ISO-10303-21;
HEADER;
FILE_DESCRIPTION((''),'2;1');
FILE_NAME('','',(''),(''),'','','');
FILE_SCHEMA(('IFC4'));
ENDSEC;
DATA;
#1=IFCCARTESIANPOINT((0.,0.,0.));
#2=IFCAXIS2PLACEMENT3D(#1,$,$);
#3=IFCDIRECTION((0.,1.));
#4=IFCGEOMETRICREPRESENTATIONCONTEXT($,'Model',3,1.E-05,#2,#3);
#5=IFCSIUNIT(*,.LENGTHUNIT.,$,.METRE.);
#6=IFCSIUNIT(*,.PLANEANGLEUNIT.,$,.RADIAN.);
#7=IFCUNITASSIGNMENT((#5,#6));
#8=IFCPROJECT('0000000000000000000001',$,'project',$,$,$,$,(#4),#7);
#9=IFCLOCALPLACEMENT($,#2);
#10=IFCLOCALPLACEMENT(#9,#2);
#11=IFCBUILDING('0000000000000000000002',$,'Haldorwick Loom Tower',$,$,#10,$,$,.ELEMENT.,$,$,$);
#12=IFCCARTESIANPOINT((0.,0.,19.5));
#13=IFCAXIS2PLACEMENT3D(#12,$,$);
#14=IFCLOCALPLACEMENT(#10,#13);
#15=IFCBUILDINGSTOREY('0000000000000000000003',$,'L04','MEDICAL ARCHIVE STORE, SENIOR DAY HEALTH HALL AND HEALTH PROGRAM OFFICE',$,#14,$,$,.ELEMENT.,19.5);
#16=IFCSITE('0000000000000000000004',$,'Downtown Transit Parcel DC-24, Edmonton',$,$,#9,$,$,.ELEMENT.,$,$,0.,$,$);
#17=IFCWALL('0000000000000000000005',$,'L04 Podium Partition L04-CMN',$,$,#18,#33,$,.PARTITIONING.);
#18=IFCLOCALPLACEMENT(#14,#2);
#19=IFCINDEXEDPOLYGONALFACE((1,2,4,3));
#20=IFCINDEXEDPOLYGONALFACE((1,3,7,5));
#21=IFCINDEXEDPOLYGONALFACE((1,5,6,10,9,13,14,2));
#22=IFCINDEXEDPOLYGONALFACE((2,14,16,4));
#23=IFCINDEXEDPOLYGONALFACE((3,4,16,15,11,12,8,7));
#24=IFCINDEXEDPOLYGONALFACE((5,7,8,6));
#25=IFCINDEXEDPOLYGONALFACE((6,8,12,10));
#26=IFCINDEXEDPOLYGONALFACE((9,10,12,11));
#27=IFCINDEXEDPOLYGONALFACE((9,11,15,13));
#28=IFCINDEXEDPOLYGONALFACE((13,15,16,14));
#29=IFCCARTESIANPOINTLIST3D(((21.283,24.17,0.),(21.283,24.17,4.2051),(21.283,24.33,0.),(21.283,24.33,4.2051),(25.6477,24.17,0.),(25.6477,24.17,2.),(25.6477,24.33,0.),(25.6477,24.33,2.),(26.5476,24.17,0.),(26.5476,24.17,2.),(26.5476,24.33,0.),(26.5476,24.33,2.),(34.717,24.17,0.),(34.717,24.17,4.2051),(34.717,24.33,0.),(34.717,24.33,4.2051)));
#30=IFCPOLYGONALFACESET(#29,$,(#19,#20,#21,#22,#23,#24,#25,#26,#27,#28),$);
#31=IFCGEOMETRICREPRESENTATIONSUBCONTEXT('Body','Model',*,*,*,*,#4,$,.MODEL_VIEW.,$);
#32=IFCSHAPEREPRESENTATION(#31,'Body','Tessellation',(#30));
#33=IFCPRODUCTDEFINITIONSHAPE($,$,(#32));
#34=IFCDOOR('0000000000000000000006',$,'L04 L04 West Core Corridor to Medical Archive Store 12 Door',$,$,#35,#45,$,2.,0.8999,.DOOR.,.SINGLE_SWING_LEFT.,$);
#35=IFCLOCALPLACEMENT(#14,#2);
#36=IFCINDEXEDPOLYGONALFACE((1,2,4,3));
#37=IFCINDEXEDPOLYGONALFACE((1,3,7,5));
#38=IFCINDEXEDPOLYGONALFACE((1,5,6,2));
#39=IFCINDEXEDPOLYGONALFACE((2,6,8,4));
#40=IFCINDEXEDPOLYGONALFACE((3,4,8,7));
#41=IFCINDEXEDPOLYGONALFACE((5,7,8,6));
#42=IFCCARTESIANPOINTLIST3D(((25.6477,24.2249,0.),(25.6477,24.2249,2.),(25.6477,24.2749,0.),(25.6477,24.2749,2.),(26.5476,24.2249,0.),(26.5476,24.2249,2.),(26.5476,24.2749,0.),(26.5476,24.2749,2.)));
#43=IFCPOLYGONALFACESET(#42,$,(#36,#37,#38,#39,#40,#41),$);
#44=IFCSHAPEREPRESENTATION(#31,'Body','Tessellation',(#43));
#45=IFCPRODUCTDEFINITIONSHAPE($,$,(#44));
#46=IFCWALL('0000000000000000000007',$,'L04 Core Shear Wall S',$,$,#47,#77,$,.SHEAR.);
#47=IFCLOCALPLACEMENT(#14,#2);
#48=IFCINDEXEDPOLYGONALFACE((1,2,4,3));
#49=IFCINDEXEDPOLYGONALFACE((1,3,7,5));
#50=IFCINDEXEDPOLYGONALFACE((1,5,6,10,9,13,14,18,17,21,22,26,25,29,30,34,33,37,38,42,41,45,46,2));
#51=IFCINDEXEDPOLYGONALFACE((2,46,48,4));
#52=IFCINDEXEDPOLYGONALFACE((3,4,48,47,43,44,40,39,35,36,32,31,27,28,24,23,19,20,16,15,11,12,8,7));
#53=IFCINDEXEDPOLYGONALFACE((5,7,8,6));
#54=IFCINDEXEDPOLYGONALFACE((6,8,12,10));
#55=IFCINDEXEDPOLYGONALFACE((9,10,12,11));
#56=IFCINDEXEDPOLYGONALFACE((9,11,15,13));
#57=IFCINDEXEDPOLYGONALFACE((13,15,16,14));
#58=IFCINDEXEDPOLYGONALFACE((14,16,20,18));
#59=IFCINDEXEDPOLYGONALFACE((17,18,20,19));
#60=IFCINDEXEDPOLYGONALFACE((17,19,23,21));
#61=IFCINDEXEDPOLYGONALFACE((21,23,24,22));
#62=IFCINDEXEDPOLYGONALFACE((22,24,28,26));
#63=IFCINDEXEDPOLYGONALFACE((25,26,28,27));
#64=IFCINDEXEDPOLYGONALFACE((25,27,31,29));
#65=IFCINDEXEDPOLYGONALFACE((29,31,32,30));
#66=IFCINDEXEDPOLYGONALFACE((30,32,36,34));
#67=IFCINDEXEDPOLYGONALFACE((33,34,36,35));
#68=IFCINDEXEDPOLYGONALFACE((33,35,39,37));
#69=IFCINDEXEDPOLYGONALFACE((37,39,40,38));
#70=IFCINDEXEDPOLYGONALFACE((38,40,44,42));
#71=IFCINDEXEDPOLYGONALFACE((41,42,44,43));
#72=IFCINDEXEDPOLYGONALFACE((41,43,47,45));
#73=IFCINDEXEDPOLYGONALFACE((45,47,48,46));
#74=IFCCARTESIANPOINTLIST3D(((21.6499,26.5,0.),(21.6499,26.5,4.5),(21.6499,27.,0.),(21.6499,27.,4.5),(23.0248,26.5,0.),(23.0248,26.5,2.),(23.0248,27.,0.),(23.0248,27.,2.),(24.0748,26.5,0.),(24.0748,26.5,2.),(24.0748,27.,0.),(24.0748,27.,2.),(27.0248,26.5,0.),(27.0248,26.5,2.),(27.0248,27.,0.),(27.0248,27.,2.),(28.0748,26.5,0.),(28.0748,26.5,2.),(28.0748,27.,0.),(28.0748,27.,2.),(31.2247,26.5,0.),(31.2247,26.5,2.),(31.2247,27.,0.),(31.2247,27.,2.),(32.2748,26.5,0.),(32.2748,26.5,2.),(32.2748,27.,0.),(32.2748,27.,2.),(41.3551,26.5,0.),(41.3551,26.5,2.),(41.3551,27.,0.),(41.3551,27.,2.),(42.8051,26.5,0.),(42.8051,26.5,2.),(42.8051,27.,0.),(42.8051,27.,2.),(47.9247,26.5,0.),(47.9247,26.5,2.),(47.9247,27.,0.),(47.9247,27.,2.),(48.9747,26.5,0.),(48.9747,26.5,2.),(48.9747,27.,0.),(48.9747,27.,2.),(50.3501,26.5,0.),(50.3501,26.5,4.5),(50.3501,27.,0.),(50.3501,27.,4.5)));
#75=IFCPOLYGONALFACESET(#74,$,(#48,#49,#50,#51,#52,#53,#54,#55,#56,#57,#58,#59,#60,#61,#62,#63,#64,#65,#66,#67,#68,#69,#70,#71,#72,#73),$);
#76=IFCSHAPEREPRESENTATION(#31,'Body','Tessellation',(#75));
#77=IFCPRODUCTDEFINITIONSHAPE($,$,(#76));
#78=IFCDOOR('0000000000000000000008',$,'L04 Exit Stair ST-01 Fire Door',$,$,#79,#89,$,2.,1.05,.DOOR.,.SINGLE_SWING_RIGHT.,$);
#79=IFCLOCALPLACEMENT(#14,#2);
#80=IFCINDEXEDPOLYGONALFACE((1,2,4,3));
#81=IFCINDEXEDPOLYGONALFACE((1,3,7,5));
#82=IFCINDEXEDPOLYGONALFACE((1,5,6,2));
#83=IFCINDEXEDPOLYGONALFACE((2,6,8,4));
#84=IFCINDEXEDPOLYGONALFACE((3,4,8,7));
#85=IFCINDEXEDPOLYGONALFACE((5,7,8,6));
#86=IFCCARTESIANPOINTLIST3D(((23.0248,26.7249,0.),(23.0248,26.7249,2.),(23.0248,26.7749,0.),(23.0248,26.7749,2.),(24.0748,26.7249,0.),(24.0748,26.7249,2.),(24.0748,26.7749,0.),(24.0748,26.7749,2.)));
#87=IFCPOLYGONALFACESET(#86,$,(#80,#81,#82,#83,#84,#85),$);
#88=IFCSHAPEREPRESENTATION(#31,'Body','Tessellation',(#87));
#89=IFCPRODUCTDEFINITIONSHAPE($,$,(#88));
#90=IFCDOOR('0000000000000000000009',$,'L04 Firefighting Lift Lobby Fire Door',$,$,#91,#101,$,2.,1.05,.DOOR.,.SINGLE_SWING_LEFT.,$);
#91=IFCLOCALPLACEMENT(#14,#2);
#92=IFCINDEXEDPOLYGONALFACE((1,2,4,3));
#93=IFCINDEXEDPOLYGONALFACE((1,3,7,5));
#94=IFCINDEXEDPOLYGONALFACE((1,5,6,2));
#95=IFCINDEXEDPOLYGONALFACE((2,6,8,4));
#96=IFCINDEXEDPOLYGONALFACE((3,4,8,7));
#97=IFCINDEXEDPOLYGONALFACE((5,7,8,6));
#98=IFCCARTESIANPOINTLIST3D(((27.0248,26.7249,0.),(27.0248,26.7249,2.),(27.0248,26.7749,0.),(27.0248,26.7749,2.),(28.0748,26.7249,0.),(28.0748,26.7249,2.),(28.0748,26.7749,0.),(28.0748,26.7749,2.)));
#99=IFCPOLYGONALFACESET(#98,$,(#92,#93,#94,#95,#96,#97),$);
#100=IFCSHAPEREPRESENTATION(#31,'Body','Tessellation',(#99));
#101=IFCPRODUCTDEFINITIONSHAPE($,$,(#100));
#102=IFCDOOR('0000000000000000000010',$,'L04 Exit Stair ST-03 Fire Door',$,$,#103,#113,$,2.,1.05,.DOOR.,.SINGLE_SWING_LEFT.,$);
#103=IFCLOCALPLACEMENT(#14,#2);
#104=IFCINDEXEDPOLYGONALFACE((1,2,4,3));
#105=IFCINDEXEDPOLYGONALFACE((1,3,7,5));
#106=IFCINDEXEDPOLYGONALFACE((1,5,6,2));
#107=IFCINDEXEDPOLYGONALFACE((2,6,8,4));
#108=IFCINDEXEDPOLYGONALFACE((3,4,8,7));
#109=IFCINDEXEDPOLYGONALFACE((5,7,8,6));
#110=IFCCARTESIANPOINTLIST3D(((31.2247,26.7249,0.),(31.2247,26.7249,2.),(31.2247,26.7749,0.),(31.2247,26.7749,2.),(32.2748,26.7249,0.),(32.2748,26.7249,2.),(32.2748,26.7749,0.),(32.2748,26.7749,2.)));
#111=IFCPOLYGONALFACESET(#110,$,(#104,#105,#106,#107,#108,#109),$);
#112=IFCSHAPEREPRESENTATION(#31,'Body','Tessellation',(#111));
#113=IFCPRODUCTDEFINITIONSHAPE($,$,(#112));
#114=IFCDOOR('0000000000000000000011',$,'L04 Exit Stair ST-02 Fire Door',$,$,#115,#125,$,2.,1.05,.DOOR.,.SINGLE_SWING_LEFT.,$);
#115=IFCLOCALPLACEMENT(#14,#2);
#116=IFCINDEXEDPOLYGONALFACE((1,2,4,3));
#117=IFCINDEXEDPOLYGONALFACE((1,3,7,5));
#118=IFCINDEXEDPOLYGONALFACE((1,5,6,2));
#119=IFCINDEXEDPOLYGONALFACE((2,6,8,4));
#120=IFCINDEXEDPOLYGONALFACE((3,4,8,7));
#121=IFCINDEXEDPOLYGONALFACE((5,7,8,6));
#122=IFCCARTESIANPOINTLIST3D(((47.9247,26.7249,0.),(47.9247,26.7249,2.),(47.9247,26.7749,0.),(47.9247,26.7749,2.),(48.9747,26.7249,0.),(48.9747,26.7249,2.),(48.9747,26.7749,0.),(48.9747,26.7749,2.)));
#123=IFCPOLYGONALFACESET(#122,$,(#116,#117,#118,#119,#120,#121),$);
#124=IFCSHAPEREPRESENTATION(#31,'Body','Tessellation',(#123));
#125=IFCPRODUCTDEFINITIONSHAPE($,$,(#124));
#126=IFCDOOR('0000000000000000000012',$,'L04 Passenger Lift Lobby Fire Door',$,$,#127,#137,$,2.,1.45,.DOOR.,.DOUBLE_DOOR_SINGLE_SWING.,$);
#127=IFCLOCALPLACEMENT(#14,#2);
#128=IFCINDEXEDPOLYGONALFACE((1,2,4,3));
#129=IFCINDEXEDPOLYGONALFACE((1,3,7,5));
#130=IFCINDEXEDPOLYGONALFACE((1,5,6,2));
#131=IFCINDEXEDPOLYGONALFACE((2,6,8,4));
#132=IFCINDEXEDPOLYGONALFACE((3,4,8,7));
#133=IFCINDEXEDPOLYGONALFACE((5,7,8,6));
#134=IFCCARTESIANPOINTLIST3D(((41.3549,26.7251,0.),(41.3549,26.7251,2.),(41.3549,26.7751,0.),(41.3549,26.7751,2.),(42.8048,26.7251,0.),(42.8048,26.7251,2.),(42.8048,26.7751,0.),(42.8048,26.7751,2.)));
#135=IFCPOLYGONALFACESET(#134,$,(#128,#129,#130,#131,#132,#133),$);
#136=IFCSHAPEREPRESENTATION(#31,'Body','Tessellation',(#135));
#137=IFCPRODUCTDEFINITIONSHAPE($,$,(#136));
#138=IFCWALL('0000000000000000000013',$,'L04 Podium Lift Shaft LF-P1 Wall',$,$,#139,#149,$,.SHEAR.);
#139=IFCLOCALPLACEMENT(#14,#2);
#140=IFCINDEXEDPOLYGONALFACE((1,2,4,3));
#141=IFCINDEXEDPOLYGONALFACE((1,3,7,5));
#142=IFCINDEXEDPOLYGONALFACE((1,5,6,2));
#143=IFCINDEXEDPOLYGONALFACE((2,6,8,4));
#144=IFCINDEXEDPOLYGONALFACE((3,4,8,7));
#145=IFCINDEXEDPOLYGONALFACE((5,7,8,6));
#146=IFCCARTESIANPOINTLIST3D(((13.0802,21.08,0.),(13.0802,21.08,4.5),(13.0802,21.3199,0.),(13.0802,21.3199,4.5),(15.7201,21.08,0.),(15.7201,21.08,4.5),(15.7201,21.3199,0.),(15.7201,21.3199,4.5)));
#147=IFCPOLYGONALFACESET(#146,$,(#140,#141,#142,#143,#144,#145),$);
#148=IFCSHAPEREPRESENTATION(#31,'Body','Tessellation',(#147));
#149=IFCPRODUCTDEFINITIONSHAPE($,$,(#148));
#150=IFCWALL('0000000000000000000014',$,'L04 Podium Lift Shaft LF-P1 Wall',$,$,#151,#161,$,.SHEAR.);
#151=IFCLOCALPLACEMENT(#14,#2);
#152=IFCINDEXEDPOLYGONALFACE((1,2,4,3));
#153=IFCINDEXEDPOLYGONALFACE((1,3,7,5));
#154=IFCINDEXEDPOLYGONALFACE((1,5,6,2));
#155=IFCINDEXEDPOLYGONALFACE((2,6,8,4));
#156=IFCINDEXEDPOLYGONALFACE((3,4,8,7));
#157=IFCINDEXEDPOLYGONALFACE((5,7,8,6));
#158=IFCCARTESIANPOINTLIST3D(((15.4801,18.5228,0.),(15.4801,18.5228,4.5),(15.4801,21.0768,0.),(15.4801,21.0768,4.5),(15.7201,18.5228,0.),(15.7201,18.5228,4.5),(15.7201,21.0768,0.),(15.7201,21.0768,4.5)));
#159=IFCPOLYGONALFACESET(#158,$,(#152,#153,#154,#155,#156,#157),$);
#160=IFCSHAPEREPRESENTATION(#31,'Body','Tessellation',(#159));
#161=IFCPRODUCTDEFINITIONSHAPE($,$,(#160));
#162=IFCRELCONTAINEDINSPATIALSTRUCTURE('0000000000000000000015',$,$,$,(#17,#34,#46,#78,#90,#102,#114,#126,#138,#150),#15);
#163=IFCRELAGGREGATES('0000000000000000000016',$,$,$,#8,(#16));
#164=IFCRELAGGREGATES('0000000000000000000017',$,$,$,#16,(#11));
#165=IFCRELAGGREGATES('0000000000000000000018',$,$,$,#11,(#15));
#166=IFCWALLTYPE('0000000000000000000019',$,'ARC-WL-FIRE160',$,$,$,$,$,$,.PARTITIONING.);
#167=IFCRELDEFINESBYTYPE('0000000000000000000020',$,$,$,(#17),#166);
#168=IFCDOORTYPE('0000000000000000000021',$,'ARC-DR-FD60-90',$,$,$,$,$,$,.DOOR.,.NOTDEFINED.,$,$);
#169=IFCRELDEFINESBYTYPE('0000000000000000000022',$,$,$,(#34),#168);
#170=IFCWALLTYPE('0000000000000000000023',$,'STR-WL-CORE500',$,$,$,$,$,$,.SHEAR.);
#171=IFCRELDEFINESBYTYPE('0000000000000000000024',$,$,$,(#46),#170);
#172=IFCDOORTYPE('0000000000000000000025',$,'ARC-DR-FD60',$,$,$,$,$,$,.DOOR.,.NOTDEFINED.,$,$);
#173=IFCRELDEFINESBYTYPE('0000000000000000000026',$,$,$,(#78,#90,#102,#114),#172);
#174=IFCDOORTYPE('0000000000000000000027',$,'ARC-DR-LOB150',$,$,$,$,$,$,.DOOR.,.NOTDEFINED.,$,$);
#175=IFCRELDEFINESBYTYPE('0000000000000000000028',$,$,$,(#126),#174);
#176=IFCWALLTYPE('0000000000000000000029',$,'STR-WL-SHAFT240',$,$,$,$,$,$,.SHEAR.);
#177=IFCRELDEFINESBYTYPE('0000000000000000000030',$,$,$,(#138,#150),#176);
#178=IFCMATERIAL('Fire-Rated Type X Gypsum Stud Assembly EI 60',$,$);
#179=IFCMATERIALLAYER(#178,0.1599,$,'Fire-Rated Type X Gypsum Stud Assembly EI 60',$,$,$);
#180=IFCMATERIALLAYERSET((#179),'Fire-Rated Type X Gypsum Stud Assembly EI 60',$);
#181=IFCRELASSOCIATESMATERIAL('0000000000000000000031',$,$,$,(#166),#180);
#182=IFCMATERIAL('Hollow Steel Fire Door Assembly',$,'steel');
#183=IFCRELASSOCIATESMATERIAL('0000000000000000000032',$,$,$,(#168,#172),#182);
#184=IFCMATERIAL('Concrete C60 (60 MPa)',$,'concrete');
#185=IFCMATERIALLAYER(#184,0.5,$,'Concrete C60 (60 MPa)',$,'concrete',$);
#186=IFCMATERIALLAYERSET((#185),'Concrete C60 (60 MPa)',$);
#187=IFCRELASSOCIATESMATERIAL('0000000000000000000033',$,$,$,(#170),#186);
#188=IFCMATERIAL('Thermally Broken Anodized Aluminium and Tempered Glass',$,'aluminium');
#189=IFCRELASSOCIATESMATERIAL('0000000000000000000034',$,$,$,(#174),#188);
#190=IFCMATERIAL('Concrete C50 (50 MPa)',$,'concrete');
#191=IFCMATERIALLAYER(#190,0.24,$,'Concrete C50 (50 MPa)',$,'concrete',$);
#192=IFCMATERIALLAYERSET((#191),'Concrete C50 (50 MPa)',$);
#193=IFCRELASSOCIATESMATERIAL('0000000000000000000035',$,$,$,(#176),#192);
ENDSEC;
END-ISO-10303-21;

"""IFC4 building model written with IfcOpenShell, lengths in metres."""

from ifc_helpers import new_model, si_unit, direction, frame, frame_2d, origin, place, context, subcontext, project, spatial, rectangle, extrude, material, layer, layer_set, type_object, element, fill, save


model = new_model("IFC4")

# Units and contexts
model_context = context("Model", 3, precision=1e-05, world=origin(), true_north=direction((0.0, 1.0)))
body_context = subcontext(model_context, "Body", "Model", "MODEL_VIEW")
ifc_project = project(units=[si_unit("LENGTHUNIT", "METRE"), si_unit("PLANEANGLEUNIT", "RADIAN")], contexts=[model_context])

# Site, building, storey
site_placement = place(None, origin())
site = spatial("IfcSite", under=ifc_project, at=site_placement, Name="Downtown Transit Parcel DC-24, Edmonton", CompositionType="ELEMENT", RefElevation=0.0)
building_placement = place(site_placement, origin())
building = spatial("IfcBuilding", under=site, at=building_placement, Name="Haldorwick Loom Tower", CompositionType="ELEMENT")
storey_placement = place(building_placement, frame((0.0, 0.0, 19.5)))
storey = spatial("IfcBuildingStorey", under=building, at=storey_placement, Name="L04", Description="MEDICAL ARCHIVE STORE, SENIOR DAY HEALTH HALL AND HEALTH PROGRAM OFFICE", CompositionType="ELEMENT", Elevation=19.5)

# Shared definitions
ifc_material_1 = material(Name="Concrete C60 (60 MPa)", Category="concrete")

# Wall, opening, door
ifc_material_2 = material(Name="Fire-Rated Type X Gypsum Stud Assembly EI 60")
ifc_layer_1 = layer(ifc_material_2, 0.1599, Name="Fire-Rated Type X Gypsum Stud Assembly EI 60")
ifc_layer_set_1 = layer_set([ifc_layer_1], Name="Fire-Rated Type X Gypsum Stud Assembly EI 60")
wall_type_1 = type_object("IfcWallType", Name="ARC-WL-FIRE160", PredefinedType="PARTITIONING", material=ifc_layer_set_1)
wall_1_placement = place(storey_placement, frame((21.283, 24.25, 0.0), z_axis=(0.0, 0.0, 1.0), x_axis=(1.0, 0.0, 0.0)))
wall_1 = element("IfcWall", 1, at=wall_1_placement, inside=storey, type_object=wall_type_1, Name="L04 Podium Partition L04-CMN", PredefinedType="PARTITIONING", context=body_context, shape_type="SweptSolid", body=[
    extrude(rectangle(XDim=13.4341, YDim=0.1599, at=frame_2d((6.717, 0.0))), origin(), (0.0, 0.0, 1.0), 4.2051),
])
opening_1_placement = place(wall_1_placement, frame((4.3647, 0.0, 0.0)))
opening_1 = element("IfcOpeningElement", 2, at=opening_1_placement, cuts=wall_1, PredefinedType="OPENING", context=body_context, shape_type="SweptSolid", body=[
    extrude(rectangle(XDim=0.8999, YDim=2.0, at=frame_2d((0.45, 1.0))), frame((0.0, 0.0898, 0.0), z_axis=(0.0, -1.0, 0.0), x_axis=(1.0, 0.0, 0.0)), (0.0, 0.0, 1.0), 0.1799),
])
ifc_material_3 = material(Name="Hollow Steel Fire Door Assembly", Category="steel")
door_type_1 = type_object("IfcDoorType", Name="ARC-DR-FD60-90", OperationType="NOTDEFINED", PredefinedType="DOOR", material=ifc_material_3)
door_1_placement = place(opening_1_placement, origin())
door_1 = element("IfcDoor", 3, at=door_1_placement, inside=storey, type_object=door_type_1, Name="L04 L04 West Core Corridor to Medical Archive Store 12 Door", OperationType="SINGLE_SWING_LEFT", OverallHeight=2.0, OverallWidth=0.8999, PredefinedType="DOOR", context=body_context, shape_type="SweptSolid", body=[
    extrude(rectangle(XDim=0.8999, YDim=2.0, at=frame_2d((0.45, 1.0))), frame((0.0, 0.0249, 0.0), z_axis=(0.0, -1.0, 0.0), x_axis=(1.0, 0.0, 0.0)), (0.0, 0.0, 1.0), 0.05),
])
fill(opening_1, door_1)

# Wall, openings, doors
ifc_layer_2 = layer(ifc_material_1, 0.5, Name="Concrete C60 (60 MPa)", Category="concrete")
ifc_layer_set_2 = layer_set([ifc_layer_2], Name="Concrete C60 (60 MPa)")
wall_type_2 = type_object("IfcWallType", Name="STR-WL-CORE500", PredefinedType="SHEAR", material=ifc_layer_set_2)
wall_2_placement = place(storey_placement, frame((21.6499, 26.75, 0.0), z_axis=(0.0, 0.0, 1.0), x_axis=(1.0, 0.0, 0.0)))
wall_2 = element("IfcWall", 4, at=wall_2_placement, inside=storey, type_object=wall_type_2, Name="L04 Core Shear Wall S", PredefinedType="SHEAR", context=body_context, shape_type="SweptSolid", body=[
    extrude(rectangle(XDim=28.7002, YDim=0.5, at=frame_2d((14.3501, 0.0))), origin(), (0.0, 0.0, 1.0), 4.5),
])
opening_2_placement = place(wall_2_placement, frame((1.375, 0.0, 0.0)))
opening_2 = element("IfcOpeningElement", 5, at=opening_2_placement, cuts=wall_2, PredefinedType="OPENING", context=body_context, shape_type="SweptSolid", body=[
    extrude(rectangle(XDim=1.05, YDim=2.0, at=frame_2d((0.5249, 1.0))), frame((0.0, 0.26, 0.0), z_axis=(0.0, -1.0, 0.0), x_axis=(1.0, 0.0, 0.0)), (0.0, 0.0, 1.0), 0.52),
])
opening_3_placement = place(wall_2_placement, frame((5.375, 0.0, 0.0)))
opening_3 = element("IfcOpeningElement", 6, at=opening_3_placement, cuts=wall_2, PredefinedType="OPENING", context=body_context, shape_type="SweptSolid", body=[
    extrude(rectangle(XDim=1.05, YDim=2.0, at=frame_2d((0.5249, 1.0))), frame((0.0, 0.26, 0.0), z_axis=(0.0, -1.0, 0.0), x_axis=(1.0, 0.0, 0.0)), (0.0, 0.0, 1.0), 0.52),
])
opening_4_placement = place(wall_2_placement, frame((9.575, 0.0, 0.0)))
opening_4 = element("IfcOpeningElement", 7, at=opening_4_placement, cuts=wall_2, PredefinedType="OPENING", context=body_context, shape_type="SweptSolid", body=[
    extrude(rectangle(XDim=1.05, YDim=2.0, at=frame_2d((0.5249, 1.0))), frame((0.0, 0.26, 0.0), z_axis=(0.0, -1.0, 0.0), x_axis=(1.0, 0.0, 0.0)), (0.0, 0.0, 1.0), 0.52),
])
opening_5_placement = place(wall_2_placement, frame((19.7051, 0.0, 0.0)))
opening_5 = element("IfcOpeningElement", 8, at=opening_5_placement, cuts=wall_2, PredefinedType="OPENING", context=body_context, shape_type="SweptSolid", body=[
    extrude(rectangle(XDim=1.45, YDim=2.0, at=frame_2d((0.7251, 1.0))), frame((0.0, 0.26, 0.0), z_axis=(0.0, -1.0, 0.0), x_axis=(1.0, 0.0, 0.0)), (0.0, 0.0, 1.0), 0.52),
])
opening_6_placement = place(wall_2_placement, frame((26.2749, 0.0, 0.0)))
opening_6 = element("IfcOpeningElement", 9, at=opening_6_placement, cuts=wall_2, PredefinedType="OPENING", context=body_context, shape_type="SweptSolid", body=[
    extrude(rectangle(XDim=1.05, YDim=2.0, at=frame_2d((0.5249, 1.0))), frame((0.0, 0.26, 0.0), z_axis=(0.0, -1.0, 0.0), x_axis=(1.0, 0.0, 0.0)), (0.0, 0.0, 1.0), 0.52),
])
door_type_2 = type_object("IfcDoorType", Name="ARC-DR-FD60", OperationType="NOTDEFINED", PredefinedType="DOOR", material=ifc_material_3)
door_2_placement = place(opening_2_placement, origin())
door_2 = element("IfcDoor", 10, at=door_2_placement, inside=storey, type_object=door_type_2, Name="L04 Exit Stair ST-01 Fire Door", OperationType="SINGLE_SWING_RIGHT", OverallHeight=2.0, OverallWidth=1.05, PredefinedType="DOOR", context=body_context, shape_type="SweptSolid", body=[
    extrude(rectangle(XDim=1.05, YDim=2.0, at=frame_2d((0.5249, 1.0))), frame((0.0, 0.0249, 0.0), z_axis=(0.0, -1.0, 0.0), x_axis=(1.0, 0.0, 0.0)), (0.0, 0.0, 1.0), 0.05),
])
fill(opening_2, door_2)
door_3_placement = place(opening_3_placement, origin())
door_3 = element("IfcDoor", 11, at=door_3_placement, inside=storey, type_object=door_type_2, Name="L04 Firefighting Lift Lobby Fire Door", OperationType="SINGLE_SWING_LEFT", OverallHeight=2.0, OverallWidth=1.05, PredefinedType="DOOR", context=body_context, shape_type="SweptSolid", body=[
    extrude(rectangle(XDim=1.05, YDim=2.0, at=frame_2d((0.5249, 1.0))), frame((0.0, 0.0249, 0.0), z_axis=(0.0, -1.0, 0.0), x_axis=(1.0, 0.0, 0.0)), (0.0, 0.0, 1.0), 0.05),
])
fill(opening_3, door_3)
door_4_placement = place(opening_4_placement, origin())
door_4 = element("IfcDoor", 12, at=door_4_placement, inside=storey, type_object=door_type_2, Name="L04 Exit Stair ST-03 Fire Door", OperationType="SINGLE_SWING_LEFT", OverallHeight=2.0, OverallWidth=1.05, PredefinedType="DOOR", context=body_context, shape_type="SweptSolid", body=[
    extrude(rectangle(XDim=1.05, YDim=2.0, at=frame_2d((0.5249, 1.0))), frame((0.0, 0.0249, 0.0), z_axis=(0.0, -1.0, 0.0), x_axis=(1.0, 0.0, 0.0)), (0.0, 0.0, 1.0), 0.05),
])
fill(opening_4, door_4)
door_5_placement = place(opening_6_placement, origin())
door_5 = element("IfcDoor", 13, at=door_5_placement, inside=storey, type_object=door_type_2, Name="L04 Exit Stair ST-02 Fire Door", OperationType="SINGLE_SWING_LEFT", OverallHeight=2.0, OverallWidth=1.05, PredefinedType="DOOR", context=body_context, shape_type="SweptSolid", body=[
    extrude(rectangle(XDim=1.05, YDim=2.0, at=frame_2d((0.5249, 1.0))), frame((0.0, 0.0249, 0.0), z_axis=(0.0, -1.0, 0.0), x_axis=(1.0, 0.0, 0.0)), (0.0, 0.0, 1.0), 0.05),
])
fill(opening_6, door_5)
ifc_material_4 = material(Name="Thermally Broken Anodized Aluminium and Tempered Glass", Category="aluminium")
door_type_3 = type_object("IfcDoorType", Name="ARC-DR-LOB150", OperationType="NOTDEFINED", PredefinedType="DOOR", material=ifc_material_4)
door_6_placement = place(opening_5_placement, frame((1.45, 0.0, 0.0), z_axis=(0.0, 0.0, 1.0), x_axis=(-1.0, 0.0, 0.0)))
door_6 = element("IfcDoor", 14, at=door_6_placement, inside=storey, type_object=door_type_3, Name="L04 Passenger Lift Lobby Fire Door", OperationType="DOUBLE_DOOR_SINGLE_SWING", OverallHeight=2.0, OverallWidth=1.45, PredefinedType="DOOR", context=body_context, shape_type="SweptSolid", body=[
    extrude(rectangle(XDim=1.45, YDim=2.0, at=frame_2d((0.7251, 1.0))), frame((0.0, 0.0249, 0.0), z_axis=(0.0, -1.0, 0.0), x_axis=(1.0, 0.0, 0.0)), (0.0, 0.0, 1.0), 0.05),
])
fill(opening_5, door_6)

# Walls
ifc_material_5 = material(Name="Concrete C50 (50 MPa)", Category="concrete")
ifc_layer_3 = layer(ifc_material_5, 0.24, Name="Concrete C50 (50 MPa)", Category="concrete")
ifc_layer_set_3 = layer_set([ifc_layer_3], Name="Concrete C50 (50 MPa)")
wall_type_3 = type_object("IfcWallType", Name="STR-WL-SHAFT240", PredefinedType="SHEAR", material=ifc_layer_set_3)
wall_3_placement = place(storey_placement, frame((15.72, 21.2, 0.0), z_axis=(0.0, 0.0, 1.0), x_axis=(-1.0, 0.0, 0.0)))
element("IfcWall", 15, at=wall_3_placement, inside=storey, type_object=wall_type_3, Name="L04 Podium Lift Shaft LF-P1 Wall", PredefinedType="SHEAR", context=body_context, shape_type="SweptSolid", body=[
    extrude(rectangle(XDim=2.6399, YDim=0.24, at=frame_2d((1.3198, 0.0))), origin(), (0.0, 0.0, 1.0), 4.5),
])
wall_4_placement = place(storey_placement, frame((15.6001, 18.5229, 0.0), z_axis=(0.0, 0.0, 1.0), x_axis=(0.0, 1.0, 0.0)))
element("IfcWall", 16, at=wall_4_placement, inside=storey, type_object=wall_type_3, Name="L04 Podium Lift Shaft LF-P1 Wall", PredefinedType="SHEAR", context=body_context, shape_type="SweptSolid", body=[
    extrude(rectangle(XDim=2.554, YDim=0.24, at=frame_2d((1.2769, 0.0))), origin(), (0.0, 0.0, 1.0), 4.5),
])

save(model, "model.ifc")
